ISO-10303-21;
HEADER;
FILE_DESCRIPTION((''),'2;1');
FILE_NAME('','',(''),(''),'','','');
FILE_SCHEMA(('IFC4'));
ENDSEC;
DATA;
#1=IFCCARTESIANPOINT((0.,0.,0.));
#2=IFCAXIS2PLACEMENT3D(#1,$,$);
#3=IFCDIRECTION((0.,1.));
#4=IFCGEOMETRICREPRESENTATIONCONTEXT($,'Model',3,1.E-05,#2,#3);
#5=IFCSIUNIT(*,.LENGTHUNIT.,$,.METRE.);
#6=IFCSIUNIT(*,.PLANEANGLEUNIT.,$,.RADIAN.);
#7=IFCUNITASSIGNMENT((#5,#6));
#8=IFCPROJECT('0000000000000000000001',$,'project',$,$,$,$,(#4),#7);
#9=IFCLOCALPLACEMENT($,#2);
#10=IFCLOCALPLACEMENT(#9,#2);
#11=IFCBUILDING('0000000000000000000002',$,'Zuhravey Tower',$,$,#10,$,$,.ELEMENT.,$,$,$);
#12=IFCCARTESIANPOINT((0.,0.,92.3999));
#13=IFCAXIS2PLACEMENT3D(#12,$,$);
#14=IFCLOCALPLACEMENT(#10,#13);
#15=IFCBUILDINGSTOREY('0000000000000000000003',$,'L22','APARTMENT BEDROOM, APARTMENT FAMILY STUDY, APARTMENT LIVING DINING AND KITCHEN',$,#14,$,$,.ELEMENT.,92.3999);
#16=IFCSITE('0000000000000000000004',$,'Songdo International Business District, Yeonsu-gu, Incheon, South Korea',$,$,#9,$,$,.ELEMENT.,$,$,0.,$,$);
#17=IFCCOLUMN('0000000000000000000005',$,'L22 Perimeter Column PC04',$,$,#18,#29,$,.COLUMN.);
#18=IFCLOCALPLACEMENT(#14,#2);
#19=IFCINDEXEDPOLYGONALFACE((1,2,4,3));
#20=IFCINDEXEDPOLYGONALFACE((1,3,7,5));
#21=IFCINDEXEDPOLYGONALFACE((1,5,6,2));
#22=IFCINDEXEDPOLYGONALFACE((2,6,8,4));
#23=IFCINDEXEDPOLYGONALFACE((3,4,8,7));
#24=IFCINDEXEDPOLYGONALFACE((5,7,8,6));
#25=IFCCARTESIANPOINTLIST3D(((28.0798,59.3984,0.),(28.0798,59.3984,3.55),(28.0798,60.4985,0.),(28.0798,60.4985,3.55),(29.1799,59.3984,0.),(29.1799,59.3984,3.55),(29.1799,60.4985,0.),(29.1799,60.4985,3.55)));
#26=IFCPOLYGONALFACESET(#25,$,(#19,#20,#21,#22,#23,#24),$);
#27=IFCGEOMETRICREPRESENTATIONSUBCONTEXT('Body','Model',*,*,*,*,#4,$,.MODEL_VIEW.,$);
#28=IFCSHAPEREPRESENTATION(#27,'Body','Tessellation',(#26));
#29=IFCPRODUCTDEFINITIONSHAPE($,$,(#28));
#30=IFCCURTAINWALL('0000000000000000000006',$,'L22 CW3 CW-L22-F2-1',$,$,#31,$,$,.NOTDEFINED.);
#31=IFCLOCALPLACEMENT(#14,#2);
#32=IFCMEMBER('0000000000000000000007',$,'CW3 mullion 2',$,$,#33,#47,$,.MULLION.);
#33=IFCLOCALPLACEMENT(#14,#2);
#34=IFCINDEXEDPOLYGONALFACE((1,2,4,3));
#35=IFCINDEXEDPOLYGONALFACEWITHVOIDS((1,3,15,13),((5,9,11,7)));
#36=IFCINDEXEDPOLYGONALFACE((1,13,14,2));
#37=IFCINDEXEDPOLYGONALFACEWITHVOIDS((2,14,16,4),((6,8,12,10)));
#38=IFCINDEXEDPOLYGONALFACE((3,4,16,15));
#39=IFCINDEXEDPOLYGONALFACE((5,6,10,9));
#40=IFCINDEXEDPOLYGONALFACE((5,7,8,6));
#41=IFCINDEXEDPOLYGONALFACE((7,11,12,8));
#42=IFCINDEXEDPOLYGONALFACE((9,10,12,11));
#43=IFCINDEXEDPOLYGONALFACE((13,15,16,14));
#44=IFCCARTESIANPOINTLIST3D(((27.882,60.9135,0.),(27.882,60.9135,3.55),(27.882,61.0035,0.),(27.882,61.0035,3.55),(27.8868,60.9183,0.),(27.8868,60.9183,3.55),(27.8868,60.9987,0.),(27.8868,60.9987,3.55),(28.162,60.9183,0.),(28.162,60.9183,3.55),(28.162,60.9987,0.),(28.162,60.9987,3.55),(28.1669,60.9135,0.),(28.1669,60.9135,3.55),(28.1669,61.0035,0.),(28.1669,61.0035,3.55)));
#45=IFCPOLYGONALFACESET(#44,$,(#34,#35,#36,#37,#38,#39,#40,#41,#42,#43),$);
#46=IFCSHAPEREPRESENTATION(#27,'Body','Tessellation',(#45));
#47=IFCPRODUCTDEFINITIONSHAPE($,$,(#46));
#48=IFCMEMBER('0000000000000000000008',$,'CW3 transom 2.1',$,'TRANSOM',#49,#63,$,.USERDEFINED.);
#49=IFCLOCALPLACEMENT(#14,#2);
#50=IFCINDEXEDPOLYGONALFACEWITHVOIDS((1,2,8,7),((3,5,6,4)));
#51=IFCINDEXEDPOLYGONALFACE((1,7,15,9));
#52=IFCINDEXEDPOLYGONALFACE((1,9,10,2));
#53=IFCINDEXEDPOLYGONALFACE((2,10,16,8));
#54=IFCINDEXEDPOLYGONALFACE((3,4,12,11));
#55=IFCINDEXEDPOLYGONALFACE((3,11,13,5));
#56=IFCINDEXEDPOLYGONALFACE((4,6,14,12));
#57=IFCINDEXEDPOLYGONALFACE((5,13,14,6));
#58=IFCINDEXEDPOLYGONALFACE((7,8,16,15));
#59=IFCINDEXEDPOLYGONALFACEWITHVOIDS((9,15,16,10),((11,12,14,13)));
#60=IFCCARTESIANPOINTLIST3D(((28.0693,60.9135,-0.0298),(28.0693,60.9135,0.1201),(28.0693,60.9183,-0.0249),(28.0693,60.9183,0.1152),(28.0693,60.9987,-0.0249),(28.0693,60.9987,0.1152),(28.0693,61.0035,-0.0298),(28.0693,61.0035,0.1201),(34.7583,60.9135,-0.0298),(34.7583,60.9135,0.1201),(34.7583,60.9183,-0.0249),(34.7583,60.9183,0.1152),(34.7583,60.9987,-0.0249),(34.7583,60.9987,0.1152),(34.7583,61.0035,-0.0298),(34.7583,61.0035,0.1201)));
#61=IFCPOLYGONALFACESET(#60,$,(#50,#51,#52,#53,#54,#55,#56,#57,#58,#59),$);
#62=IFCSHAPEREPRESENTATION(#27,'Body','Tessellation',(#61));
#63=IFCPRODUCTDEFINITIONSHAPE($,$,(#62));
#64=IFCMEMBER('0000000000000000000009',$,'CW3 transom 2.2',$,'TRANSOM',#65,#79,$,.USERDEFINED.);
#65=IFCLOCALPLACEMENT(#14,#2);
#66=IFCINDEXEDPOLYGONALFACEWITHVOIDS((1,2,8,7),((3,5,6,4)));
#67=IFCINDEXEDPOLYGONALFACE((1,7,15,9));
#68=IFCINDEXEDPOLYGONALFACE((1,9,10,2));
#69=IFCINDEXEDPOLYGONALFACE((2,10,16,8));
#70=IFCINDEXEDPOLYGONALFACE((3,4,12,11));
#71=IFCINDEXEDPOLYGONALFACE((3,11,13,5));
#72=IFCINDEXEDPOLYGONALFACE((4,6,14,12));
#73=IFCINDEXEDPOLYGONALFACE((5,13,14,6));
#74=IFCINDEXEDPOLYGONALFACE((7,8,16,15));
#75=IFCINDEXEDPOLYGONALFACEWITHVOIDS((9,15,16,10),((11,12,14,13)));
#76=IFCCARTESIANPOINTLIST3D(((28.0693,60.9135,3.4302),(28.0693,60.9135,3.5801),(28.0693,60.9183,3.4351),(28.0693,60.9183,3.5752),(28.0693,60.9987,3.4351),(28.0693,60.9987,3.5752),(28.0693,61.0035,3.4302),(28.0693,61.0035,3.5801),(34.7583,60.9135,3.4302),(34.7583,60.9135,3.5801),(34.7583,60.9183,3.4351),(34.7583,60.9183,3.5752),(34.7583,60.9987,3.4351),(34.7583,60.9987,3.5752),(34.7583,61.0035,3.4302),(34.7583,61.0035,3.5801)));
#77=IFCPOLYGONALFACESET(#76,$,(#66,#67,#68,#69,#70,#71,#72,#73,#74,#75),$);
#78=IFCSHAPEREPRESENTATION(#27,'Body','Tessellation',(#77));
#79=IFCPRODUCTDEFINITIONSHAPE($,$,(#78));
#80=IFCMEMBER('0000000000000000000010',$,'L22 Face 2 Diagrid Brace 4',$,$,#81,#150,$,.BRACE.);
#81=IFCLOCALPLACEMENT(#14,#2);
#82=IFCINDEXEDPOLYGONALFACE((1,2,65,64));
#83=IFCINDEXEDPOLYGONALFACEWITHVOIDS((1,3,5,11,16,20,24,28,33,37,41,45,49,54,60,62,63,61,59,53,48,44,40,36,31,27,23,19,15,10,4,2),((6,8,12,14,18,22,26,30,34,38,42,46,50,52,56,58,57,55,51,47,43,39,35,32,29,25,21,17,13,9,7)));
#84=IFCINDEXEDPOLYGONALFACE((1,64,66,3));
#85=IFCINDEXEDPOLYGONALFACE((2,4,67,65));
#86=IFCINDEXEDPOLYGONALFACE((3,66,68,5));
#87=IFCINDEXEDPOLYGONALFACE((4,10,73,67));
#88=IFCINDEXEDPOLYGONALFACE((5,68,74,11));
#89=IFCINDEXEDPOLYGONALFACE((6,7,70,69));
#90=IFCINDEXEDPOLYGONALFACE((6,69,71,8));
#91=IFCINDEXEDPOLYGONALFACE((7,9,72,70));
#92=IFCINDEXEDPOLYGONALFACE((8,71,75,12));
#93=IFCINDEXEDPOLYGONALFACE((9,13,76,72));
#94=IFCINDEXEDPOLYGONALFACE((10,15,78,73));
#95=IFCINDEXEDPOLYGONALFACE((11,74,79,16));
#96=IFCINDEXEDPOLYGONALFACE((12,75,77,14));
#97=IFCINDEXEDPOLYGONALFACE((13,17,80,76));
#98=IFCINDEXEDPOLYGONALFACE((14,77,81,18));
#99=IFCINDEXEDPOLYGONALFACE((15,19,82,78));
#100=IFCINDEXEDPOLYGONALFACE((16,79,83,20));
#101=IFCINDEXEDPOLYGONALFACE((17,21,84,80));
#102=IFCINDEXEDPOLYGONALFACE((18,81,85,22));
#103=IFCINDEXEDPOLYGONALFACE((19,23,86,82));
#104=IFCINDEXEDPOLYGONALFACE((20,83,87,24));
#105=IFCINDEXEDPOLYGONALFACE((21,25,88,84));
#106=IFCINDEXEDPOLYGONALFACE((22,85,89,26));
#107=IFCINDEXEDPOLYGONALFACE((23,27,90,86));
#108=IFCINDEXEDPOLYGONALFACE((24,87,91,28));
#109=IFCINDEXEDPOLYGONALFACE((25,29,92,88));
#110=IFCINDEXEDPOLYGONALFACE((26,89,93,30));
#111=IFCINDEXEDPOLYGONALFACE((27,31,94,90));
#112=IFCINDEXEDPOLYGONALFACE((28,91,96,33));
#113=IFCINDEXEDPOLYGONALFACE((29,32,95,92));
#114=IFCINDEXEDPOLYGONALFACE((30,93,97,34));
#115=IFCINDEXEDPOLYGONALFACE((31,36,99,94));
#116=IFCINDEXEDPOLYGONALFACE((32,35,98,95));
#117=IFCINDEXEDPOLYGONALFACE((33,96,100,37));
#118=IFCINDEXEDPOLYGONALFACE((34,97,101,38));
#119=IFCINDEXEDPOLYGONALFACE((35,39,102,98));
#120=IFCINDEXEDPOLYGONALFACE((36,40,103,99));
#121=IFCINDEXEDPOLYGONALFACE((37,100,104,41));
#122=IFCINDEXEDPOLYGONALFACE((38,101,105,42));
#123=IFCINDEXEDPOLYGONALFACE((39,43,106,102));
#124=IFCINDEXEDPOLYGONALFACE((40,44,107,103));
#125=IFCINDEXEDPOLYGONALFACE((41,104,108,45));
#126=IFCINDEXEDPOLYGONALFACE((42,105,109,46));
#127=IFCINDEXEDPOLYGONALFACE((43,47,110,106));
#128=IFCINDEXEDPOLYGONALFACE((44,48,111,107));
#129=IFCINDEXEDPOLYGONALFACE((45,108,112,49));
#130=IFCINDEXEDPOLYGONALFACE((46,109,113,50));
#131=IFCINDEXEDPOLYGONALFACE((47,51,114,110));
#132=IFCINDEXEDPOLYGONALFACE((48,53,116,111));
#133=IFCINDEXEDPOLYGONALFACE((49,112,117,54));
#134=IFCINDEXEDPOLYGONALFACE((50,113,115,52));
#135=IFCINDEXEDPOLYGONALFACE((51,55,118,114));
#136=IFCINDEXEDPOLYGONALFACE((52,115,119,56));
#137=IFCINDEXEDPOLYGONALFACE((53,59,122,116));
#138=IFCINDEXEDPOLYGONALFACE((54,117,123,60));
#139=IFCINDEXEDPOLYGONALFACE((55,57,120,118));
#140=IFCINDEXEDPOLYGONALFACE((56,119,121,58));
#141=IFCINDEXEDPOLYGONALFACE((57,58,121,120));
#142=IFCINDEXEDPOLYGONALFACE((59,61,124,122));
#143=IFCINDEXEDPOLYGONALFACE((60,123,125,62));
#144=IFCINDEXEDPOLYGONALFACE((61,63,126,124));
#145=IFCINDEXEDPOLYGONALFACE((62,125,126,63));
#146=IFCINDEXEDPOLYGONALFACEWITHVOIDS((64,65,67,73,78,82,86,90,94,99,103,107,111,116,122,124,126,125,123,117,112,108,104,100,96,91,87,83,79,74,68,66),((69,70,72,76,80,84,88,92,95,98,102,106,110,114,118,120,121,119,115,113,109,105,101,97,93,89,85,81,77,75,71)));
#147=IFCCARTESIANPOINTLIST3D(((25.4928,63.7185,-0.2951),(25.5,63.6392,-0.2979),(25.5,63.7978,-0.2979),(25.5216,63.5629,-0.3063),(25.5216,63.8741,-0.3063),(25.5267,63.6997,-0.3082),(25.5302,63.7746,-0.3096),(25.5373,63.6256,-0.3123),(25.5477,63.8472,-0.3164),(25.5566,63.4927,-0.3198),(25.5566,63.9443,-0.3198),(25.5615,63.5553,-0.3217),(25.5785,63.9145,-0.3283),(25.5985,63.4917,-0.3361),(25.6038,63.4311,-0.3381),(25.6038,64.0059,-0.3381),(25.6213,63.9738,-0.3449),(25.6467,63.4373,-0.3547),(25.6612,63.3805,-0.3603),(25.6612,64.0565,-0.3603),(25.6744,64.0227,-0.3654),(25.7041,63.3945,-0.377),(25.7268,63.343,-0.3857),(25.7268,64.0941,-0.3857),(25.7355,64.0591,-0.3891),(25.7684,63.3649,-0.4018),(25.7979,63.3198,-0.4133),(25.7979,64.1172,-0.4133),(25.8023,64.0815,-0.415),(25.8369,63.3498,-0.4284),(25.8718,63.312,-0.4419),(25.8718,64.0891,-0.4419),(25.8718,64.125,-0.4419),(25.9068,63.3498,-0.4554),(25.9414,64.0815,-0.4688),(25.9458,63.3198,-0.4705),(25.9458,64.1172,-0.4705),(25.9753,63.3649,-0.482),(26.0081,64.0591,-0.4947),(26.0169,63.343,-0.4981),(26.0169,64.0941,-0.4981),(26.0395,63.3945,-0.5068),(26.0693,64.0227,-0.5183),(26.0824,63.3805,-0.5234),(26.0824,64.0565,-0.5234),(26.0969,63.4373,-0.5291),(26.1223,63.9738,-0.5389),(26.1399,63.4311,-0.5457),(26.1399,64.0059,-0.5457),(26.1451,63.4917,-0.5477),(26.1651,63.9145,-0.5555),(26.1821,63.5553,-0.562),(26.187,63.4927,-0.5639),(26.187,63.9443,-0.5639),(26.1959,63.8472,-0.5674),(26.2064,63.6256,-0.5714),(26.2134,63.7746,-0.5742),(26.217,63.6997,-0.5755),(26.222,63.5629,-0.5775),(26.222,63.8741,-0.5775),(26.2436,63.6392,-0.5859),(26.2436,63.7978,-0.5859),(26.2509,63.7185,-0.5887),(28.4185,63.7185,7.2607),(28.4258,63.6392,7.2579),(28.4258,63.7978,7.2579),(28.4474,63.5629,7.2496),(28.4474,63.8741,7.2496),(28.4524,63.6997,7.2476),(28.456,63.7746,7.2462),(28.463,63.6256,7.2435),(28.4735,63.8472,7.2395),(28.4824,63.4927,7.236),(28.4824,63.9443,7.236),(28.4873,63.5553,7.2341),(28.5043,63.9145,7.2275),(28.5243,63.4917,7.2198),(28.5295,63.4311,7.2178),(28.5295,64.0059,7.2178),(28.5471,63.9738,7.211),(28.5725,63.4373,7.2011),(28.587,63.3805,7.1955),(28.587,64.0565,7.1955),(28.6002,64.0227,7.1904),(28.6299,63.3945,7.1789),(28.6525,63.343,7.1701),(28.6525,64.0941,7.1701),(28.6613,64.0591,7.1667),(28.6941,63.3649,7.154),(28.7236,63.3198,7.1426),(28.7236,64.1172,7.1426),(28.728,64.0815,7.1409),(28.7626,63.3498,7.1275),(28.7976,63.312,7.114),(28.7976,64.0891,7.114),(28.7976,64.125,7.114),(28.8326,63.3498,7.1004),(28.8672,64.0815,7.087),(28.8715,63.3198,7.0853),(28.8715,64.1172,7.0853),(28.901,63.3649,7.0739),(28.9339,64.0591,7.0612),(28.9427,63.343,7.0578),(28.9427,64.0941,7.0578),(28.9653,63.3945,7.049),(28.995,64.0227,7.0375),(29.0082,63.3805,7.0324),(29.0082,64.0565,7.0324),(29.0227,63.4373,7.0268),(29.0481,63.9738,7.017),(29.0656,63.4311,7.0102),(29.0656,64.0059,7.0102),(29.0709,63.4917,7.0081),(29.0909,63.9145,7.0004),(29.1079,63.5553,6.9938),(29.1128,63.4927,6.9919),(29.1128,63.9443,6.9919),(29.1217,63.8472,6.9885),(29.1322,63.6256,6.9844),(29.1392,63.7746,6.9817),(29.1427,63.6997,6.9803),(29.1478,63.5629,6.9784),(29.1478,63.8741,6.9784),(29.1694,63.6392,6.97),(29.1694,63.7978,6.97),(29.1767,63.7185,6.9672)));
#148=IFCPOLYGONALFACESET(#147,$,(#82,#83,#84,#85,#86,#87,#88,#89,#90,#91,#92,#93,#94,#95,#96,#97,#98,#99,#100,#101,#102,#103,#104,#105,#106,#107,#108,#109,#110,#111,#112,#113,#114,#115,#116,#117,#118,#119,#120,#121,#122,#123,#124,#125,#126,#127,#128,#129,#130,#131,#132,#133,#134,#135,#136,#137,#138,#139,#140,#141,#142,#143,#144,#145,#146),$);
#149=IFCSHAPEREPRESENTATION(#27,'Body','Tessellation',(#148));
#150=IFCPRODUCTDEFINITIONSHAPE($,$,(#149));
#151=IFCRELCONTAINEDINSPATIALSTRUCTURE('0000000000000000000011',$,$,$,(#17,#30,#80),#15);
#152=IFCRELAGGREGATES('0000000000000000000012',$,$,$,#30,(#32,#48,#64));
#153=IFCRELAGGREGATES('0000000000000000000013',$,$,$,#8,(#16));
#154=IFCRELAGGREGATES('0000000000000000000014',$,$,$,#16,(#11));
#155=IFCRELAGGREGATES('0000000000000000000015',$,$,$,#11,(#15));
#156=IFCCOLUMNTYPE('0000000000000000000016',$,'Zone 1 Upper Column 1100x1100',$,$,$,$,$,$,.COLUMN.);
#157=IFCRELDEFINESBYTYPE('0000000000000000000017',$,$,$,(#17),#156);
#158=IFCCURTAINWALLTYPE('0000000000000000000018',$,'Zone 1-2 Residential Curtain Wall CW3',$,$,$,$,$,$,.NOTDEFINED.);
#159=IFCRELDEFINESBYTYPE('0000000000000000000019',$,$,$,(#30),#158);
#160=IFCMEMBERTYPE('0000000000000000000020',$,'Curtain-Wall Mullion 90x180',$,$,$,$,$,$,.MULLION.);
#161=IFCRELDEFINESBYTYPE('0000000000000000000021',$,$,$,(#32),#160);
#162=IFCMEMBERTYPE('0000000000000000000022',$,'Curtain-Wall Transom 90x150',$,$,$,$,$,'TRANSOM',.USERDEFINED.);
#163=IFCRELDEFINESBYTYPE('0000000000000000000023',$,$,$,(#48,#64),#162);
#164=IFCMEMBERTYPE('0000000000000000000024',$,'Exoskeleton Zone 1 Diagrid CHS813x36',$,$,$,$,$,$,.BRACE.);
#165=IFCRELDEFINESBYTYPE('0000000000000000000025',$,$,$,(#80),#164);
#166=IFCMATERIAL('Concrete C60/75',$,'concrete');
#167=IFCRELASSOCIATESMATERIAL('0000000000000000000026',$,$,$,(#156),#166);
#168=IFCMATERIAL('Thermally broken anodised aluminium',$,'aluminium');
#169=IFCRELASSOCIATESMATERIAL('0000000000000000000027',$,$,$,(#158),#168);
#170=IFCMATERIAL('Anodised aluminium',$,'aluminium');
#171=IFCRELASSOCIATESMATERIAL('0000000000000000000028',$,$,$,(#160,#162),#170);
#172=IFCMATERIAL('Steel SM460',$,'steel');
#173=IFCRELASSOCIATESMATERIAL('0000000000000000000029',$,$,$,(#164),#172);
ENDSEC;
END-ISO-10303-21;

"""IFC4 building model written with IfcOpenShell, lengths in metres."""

from ifc_helpers import new_model, si_unit, direction, frame, origin, origin_2d, place, context, subcontext, project, spatial, rectangle, hollow_rectangle, hollow_circle, extrude, material, material_profile, profile_set, type_object, element, aggregate, save


model = new_model("IFC4")

# Units and contexts
model_context = context("Model", 3, precision=1e-05, world=origin(), true_north=direction((0.0, 1.0)))
body_context = subcontext(model_context, "Body", "Model", "MODEL_VIEW")
ifc_project = project(units=[si_unit("LENGTHUNIT", "METRE"), si_unit("PLANEANGLEUNIT", "RADIAN")], contexts=[model_context])

# Site, building, storey
site_placement = place(None, origin())
site = spatial("IfcSite", under=ifc_project, at=site_placement, Name="Songdo International Business District, Yeonsu-gu, Incheon, South Korea", CompositionType="ELEMENT", RefElevation=0.0)
building_placement = place(site_placement, origin())
building = spatial("IfcBuilding", under=site, at=building_placement, Name="Zuhravey Tower", CompositionType="ELEMENT")
storey_placement = place(building_placement, frame((0.0, 0.0, 92.3999)))
storey = spatial("IfcBuildingStorey", under=building, at=storey_placement, Name="L22", Description="APARTMENT BEDROOM, APARTMENT FAMILY STUDY, APARTMENT LIVING DINING AND KITCHEN", CompositionType="ELEMENT", Elevation=92.3999)

# Column
ifc_material_1 = material(Name="Concrete C60/75", Category="concrete")
ifc_material_profile_1 = material_profile(ifc_material_1, rectangle(XDim=1.1001, YDim=1.1001, at=origin_2d()), Name="RC-1100x1100")
ifc_profile_set_1 = profile_set([ifc_material_profile_1], Name="Concrete C60/75")
column_type = type_object("IfcColumnType", Name="Zone 1 Upper Column 1100x1100", PredefinedType="COLUMN", material=ifc_profile_set_1)
column_placement = place(storey_placement, frame((28.6299, 59.9485, 0.0), z_axis=(0.0, 0.0, 1.0), x_axis=(-1.0, 0.0, 0.0)))
element("IfcColumn", 1, at=column_placement, inside=storey, type_object=column_type, Name="L22 Perimeter Column PC04", PredefinedType="COLUMN", context=body_context, shape_type="SweptSolid", body=[
    extrude(rectangle(XDim=1.1001, YDim=1.1001, at=origin_2d()), origin(), (0.0, 0.0, 1.0), 3.55),
])

# Curtain wall, members
ifc_material_2 = material(Name="Thermally broken anodised aluminium", Category="aluminium")
curtain_wall_type = type_object("IfcCurtainWallType", Name="Zone 1-2 Residential Curtain Wall CW3", PredefinedType="NOTDEFINED", material=ifc_material_2)
curtain_wall_placement = place(storey_placement, origin())
curtain_wall = element("IfcCurtainWall", 2, at=curtain_wall_placement, inside=storey, type_object=curtain_wall_type, Name="L22 CW3 CW-L22-F2-1", PredefinedType="NOTDEFINED")
ifc_material_3 = material(Name="Anodised aluminium", Category="aluminium")
ifc_material_profile_2 = material_profile(ifc_material_3, hollow_rectangle(XDim=0.0901, YDim=0.2849, WallThickness=0.0049, at=origin_2d()), Name="ALU-RHS-90x285x5")
ifc_profile_set_2 = profile_set([ifc_material_profile_2], Name="Anodised aluminium")
member_type_1 = type_object("IfcMemberType", Name="Curtain-Wall Mullion 90x180", PredefinedType="MULLION", material=ifc_profile_set_2)
member_1_placement = place(storey_placement, frame((28.0244, 60.9585, 0.0), z_axis=(0.0, 0.0, 1.0), x_axis=(0.0, 1.0, 0.0)))
member_1 = element("IfcMember", 3, at=member_1_placement, type_object=member_type_1, Name="CW3 mullion 2", PredefinedType="MULLION", context=body_context, shape_type="SweptSolid", body=[
    extrude(hollow_rectangle(XDim=0.0901, YDim=0.2849, WallThickness=0.0049, at=origin_2d()), origin(), (0.0, 0.0, 1.0), 3.55),
])
ifc_material_profile_3 = material_profile(ifc_material_3, hollow_rectangle(XDim=0.0901, YDim=0.1499, WallThickness=0.0049, at=origin_2d()), Name="ALU-RHS-90x150x5")
ifc_profile_set_3 = profile_set([ifc_material_profile_3], Name="Anodised aluminium")
member_type_2 = type_object("IfcMemberType", Name="Curtain-Wall Transom 90x150", ElementType="TRANSOM", PredefinedType="USERDEFINED", material=ifc_profile_set_3)
member_2_placement = place(storey_placement, frame((28.0693, 60.9585, 0.0452), z_axis=(1.0, 0.0, 0.0), x_axis=(0.0, 1.0, 0.0)))
member_2 = element("IfcMember", 4, at=member_2_placement, type_object=member_type_2, Name="CW3 transom 2.1", ObjectType="TRANSOM", PredefinedType="USERDEFINED", context=body_context, shape_type="SweptSolid", body=[
    extrude(hollow_rectangle(XDim=0.0901, YDim=0.1499, WallThickness=0.0049, at=origin_2d()), origin(), (0.0, 0.0, 1.0), 6.689),
])
member_3_placement = place(storey_placement, frame((28.0693, 60.9585, 3.5051), z_axis=(1.0, 0.0, 0.0), x_axis=(0.0, 1.0, 0.0)))
member_3 = element("IfcMember", 5, at=member_3_placement, type_object=member_type_2, Name="CW3 transom 2.2", ObjectType="TRANSOM", PredefinedType="USERDEFINED", context=body_context, shape_type="SweptSolid", body=[
    extrude(hollow_rectangle(XDim=0.0901, YDim=0.1499, WallThickness=0.0049, at=origin_2d()), origin(), (0.0, 0.0, 1.0), 6.689),
])

# Member
ifc_material_4 = material(Name="Steel SM460", Category="steel")
ifc_material_profile_4 = material_profile(ifc_material_4, hollow_circle(Radius=0.4065, WallThickness=0.0359, at=origin_2d()), Name="CHS-812.8x36")
ifc_profile_set_4 = profile_set([ifc_material_profile_4], Name="Steel SM460")
member_type_3 = type_object("IfcMemberType", Name="Exoskeleton Zone 1 Diagrid CHS813x36", PredefinedType="BRACE", material=ifc_profile_set_4)
member_4_placement = place(storey_placement, frame((25.8718, 63.7185, -0.4419), z_axis=(0.361092, 0.0, 0.93253), x_axis=(0.0, 1.0, 0.0)))
element("IfcMember", 6, at=member_4_placement, inside=storey, type_object=member_type_3, Name="L22 Face 2 Diagrid Brace 4", PredefinedType="BRACE", context=body_context, shape_type="SweptSolid", body=[
    extrude(hollow_circle(Radius=0.4065, WallThickness=0.0359, at=origin_2d()), origin(), (0.0, 0.0, 1.0), 8.1025),
])

aggregate(curtain_wall, [member_1, member_2, member_3])

save(model, "model.ifc")
